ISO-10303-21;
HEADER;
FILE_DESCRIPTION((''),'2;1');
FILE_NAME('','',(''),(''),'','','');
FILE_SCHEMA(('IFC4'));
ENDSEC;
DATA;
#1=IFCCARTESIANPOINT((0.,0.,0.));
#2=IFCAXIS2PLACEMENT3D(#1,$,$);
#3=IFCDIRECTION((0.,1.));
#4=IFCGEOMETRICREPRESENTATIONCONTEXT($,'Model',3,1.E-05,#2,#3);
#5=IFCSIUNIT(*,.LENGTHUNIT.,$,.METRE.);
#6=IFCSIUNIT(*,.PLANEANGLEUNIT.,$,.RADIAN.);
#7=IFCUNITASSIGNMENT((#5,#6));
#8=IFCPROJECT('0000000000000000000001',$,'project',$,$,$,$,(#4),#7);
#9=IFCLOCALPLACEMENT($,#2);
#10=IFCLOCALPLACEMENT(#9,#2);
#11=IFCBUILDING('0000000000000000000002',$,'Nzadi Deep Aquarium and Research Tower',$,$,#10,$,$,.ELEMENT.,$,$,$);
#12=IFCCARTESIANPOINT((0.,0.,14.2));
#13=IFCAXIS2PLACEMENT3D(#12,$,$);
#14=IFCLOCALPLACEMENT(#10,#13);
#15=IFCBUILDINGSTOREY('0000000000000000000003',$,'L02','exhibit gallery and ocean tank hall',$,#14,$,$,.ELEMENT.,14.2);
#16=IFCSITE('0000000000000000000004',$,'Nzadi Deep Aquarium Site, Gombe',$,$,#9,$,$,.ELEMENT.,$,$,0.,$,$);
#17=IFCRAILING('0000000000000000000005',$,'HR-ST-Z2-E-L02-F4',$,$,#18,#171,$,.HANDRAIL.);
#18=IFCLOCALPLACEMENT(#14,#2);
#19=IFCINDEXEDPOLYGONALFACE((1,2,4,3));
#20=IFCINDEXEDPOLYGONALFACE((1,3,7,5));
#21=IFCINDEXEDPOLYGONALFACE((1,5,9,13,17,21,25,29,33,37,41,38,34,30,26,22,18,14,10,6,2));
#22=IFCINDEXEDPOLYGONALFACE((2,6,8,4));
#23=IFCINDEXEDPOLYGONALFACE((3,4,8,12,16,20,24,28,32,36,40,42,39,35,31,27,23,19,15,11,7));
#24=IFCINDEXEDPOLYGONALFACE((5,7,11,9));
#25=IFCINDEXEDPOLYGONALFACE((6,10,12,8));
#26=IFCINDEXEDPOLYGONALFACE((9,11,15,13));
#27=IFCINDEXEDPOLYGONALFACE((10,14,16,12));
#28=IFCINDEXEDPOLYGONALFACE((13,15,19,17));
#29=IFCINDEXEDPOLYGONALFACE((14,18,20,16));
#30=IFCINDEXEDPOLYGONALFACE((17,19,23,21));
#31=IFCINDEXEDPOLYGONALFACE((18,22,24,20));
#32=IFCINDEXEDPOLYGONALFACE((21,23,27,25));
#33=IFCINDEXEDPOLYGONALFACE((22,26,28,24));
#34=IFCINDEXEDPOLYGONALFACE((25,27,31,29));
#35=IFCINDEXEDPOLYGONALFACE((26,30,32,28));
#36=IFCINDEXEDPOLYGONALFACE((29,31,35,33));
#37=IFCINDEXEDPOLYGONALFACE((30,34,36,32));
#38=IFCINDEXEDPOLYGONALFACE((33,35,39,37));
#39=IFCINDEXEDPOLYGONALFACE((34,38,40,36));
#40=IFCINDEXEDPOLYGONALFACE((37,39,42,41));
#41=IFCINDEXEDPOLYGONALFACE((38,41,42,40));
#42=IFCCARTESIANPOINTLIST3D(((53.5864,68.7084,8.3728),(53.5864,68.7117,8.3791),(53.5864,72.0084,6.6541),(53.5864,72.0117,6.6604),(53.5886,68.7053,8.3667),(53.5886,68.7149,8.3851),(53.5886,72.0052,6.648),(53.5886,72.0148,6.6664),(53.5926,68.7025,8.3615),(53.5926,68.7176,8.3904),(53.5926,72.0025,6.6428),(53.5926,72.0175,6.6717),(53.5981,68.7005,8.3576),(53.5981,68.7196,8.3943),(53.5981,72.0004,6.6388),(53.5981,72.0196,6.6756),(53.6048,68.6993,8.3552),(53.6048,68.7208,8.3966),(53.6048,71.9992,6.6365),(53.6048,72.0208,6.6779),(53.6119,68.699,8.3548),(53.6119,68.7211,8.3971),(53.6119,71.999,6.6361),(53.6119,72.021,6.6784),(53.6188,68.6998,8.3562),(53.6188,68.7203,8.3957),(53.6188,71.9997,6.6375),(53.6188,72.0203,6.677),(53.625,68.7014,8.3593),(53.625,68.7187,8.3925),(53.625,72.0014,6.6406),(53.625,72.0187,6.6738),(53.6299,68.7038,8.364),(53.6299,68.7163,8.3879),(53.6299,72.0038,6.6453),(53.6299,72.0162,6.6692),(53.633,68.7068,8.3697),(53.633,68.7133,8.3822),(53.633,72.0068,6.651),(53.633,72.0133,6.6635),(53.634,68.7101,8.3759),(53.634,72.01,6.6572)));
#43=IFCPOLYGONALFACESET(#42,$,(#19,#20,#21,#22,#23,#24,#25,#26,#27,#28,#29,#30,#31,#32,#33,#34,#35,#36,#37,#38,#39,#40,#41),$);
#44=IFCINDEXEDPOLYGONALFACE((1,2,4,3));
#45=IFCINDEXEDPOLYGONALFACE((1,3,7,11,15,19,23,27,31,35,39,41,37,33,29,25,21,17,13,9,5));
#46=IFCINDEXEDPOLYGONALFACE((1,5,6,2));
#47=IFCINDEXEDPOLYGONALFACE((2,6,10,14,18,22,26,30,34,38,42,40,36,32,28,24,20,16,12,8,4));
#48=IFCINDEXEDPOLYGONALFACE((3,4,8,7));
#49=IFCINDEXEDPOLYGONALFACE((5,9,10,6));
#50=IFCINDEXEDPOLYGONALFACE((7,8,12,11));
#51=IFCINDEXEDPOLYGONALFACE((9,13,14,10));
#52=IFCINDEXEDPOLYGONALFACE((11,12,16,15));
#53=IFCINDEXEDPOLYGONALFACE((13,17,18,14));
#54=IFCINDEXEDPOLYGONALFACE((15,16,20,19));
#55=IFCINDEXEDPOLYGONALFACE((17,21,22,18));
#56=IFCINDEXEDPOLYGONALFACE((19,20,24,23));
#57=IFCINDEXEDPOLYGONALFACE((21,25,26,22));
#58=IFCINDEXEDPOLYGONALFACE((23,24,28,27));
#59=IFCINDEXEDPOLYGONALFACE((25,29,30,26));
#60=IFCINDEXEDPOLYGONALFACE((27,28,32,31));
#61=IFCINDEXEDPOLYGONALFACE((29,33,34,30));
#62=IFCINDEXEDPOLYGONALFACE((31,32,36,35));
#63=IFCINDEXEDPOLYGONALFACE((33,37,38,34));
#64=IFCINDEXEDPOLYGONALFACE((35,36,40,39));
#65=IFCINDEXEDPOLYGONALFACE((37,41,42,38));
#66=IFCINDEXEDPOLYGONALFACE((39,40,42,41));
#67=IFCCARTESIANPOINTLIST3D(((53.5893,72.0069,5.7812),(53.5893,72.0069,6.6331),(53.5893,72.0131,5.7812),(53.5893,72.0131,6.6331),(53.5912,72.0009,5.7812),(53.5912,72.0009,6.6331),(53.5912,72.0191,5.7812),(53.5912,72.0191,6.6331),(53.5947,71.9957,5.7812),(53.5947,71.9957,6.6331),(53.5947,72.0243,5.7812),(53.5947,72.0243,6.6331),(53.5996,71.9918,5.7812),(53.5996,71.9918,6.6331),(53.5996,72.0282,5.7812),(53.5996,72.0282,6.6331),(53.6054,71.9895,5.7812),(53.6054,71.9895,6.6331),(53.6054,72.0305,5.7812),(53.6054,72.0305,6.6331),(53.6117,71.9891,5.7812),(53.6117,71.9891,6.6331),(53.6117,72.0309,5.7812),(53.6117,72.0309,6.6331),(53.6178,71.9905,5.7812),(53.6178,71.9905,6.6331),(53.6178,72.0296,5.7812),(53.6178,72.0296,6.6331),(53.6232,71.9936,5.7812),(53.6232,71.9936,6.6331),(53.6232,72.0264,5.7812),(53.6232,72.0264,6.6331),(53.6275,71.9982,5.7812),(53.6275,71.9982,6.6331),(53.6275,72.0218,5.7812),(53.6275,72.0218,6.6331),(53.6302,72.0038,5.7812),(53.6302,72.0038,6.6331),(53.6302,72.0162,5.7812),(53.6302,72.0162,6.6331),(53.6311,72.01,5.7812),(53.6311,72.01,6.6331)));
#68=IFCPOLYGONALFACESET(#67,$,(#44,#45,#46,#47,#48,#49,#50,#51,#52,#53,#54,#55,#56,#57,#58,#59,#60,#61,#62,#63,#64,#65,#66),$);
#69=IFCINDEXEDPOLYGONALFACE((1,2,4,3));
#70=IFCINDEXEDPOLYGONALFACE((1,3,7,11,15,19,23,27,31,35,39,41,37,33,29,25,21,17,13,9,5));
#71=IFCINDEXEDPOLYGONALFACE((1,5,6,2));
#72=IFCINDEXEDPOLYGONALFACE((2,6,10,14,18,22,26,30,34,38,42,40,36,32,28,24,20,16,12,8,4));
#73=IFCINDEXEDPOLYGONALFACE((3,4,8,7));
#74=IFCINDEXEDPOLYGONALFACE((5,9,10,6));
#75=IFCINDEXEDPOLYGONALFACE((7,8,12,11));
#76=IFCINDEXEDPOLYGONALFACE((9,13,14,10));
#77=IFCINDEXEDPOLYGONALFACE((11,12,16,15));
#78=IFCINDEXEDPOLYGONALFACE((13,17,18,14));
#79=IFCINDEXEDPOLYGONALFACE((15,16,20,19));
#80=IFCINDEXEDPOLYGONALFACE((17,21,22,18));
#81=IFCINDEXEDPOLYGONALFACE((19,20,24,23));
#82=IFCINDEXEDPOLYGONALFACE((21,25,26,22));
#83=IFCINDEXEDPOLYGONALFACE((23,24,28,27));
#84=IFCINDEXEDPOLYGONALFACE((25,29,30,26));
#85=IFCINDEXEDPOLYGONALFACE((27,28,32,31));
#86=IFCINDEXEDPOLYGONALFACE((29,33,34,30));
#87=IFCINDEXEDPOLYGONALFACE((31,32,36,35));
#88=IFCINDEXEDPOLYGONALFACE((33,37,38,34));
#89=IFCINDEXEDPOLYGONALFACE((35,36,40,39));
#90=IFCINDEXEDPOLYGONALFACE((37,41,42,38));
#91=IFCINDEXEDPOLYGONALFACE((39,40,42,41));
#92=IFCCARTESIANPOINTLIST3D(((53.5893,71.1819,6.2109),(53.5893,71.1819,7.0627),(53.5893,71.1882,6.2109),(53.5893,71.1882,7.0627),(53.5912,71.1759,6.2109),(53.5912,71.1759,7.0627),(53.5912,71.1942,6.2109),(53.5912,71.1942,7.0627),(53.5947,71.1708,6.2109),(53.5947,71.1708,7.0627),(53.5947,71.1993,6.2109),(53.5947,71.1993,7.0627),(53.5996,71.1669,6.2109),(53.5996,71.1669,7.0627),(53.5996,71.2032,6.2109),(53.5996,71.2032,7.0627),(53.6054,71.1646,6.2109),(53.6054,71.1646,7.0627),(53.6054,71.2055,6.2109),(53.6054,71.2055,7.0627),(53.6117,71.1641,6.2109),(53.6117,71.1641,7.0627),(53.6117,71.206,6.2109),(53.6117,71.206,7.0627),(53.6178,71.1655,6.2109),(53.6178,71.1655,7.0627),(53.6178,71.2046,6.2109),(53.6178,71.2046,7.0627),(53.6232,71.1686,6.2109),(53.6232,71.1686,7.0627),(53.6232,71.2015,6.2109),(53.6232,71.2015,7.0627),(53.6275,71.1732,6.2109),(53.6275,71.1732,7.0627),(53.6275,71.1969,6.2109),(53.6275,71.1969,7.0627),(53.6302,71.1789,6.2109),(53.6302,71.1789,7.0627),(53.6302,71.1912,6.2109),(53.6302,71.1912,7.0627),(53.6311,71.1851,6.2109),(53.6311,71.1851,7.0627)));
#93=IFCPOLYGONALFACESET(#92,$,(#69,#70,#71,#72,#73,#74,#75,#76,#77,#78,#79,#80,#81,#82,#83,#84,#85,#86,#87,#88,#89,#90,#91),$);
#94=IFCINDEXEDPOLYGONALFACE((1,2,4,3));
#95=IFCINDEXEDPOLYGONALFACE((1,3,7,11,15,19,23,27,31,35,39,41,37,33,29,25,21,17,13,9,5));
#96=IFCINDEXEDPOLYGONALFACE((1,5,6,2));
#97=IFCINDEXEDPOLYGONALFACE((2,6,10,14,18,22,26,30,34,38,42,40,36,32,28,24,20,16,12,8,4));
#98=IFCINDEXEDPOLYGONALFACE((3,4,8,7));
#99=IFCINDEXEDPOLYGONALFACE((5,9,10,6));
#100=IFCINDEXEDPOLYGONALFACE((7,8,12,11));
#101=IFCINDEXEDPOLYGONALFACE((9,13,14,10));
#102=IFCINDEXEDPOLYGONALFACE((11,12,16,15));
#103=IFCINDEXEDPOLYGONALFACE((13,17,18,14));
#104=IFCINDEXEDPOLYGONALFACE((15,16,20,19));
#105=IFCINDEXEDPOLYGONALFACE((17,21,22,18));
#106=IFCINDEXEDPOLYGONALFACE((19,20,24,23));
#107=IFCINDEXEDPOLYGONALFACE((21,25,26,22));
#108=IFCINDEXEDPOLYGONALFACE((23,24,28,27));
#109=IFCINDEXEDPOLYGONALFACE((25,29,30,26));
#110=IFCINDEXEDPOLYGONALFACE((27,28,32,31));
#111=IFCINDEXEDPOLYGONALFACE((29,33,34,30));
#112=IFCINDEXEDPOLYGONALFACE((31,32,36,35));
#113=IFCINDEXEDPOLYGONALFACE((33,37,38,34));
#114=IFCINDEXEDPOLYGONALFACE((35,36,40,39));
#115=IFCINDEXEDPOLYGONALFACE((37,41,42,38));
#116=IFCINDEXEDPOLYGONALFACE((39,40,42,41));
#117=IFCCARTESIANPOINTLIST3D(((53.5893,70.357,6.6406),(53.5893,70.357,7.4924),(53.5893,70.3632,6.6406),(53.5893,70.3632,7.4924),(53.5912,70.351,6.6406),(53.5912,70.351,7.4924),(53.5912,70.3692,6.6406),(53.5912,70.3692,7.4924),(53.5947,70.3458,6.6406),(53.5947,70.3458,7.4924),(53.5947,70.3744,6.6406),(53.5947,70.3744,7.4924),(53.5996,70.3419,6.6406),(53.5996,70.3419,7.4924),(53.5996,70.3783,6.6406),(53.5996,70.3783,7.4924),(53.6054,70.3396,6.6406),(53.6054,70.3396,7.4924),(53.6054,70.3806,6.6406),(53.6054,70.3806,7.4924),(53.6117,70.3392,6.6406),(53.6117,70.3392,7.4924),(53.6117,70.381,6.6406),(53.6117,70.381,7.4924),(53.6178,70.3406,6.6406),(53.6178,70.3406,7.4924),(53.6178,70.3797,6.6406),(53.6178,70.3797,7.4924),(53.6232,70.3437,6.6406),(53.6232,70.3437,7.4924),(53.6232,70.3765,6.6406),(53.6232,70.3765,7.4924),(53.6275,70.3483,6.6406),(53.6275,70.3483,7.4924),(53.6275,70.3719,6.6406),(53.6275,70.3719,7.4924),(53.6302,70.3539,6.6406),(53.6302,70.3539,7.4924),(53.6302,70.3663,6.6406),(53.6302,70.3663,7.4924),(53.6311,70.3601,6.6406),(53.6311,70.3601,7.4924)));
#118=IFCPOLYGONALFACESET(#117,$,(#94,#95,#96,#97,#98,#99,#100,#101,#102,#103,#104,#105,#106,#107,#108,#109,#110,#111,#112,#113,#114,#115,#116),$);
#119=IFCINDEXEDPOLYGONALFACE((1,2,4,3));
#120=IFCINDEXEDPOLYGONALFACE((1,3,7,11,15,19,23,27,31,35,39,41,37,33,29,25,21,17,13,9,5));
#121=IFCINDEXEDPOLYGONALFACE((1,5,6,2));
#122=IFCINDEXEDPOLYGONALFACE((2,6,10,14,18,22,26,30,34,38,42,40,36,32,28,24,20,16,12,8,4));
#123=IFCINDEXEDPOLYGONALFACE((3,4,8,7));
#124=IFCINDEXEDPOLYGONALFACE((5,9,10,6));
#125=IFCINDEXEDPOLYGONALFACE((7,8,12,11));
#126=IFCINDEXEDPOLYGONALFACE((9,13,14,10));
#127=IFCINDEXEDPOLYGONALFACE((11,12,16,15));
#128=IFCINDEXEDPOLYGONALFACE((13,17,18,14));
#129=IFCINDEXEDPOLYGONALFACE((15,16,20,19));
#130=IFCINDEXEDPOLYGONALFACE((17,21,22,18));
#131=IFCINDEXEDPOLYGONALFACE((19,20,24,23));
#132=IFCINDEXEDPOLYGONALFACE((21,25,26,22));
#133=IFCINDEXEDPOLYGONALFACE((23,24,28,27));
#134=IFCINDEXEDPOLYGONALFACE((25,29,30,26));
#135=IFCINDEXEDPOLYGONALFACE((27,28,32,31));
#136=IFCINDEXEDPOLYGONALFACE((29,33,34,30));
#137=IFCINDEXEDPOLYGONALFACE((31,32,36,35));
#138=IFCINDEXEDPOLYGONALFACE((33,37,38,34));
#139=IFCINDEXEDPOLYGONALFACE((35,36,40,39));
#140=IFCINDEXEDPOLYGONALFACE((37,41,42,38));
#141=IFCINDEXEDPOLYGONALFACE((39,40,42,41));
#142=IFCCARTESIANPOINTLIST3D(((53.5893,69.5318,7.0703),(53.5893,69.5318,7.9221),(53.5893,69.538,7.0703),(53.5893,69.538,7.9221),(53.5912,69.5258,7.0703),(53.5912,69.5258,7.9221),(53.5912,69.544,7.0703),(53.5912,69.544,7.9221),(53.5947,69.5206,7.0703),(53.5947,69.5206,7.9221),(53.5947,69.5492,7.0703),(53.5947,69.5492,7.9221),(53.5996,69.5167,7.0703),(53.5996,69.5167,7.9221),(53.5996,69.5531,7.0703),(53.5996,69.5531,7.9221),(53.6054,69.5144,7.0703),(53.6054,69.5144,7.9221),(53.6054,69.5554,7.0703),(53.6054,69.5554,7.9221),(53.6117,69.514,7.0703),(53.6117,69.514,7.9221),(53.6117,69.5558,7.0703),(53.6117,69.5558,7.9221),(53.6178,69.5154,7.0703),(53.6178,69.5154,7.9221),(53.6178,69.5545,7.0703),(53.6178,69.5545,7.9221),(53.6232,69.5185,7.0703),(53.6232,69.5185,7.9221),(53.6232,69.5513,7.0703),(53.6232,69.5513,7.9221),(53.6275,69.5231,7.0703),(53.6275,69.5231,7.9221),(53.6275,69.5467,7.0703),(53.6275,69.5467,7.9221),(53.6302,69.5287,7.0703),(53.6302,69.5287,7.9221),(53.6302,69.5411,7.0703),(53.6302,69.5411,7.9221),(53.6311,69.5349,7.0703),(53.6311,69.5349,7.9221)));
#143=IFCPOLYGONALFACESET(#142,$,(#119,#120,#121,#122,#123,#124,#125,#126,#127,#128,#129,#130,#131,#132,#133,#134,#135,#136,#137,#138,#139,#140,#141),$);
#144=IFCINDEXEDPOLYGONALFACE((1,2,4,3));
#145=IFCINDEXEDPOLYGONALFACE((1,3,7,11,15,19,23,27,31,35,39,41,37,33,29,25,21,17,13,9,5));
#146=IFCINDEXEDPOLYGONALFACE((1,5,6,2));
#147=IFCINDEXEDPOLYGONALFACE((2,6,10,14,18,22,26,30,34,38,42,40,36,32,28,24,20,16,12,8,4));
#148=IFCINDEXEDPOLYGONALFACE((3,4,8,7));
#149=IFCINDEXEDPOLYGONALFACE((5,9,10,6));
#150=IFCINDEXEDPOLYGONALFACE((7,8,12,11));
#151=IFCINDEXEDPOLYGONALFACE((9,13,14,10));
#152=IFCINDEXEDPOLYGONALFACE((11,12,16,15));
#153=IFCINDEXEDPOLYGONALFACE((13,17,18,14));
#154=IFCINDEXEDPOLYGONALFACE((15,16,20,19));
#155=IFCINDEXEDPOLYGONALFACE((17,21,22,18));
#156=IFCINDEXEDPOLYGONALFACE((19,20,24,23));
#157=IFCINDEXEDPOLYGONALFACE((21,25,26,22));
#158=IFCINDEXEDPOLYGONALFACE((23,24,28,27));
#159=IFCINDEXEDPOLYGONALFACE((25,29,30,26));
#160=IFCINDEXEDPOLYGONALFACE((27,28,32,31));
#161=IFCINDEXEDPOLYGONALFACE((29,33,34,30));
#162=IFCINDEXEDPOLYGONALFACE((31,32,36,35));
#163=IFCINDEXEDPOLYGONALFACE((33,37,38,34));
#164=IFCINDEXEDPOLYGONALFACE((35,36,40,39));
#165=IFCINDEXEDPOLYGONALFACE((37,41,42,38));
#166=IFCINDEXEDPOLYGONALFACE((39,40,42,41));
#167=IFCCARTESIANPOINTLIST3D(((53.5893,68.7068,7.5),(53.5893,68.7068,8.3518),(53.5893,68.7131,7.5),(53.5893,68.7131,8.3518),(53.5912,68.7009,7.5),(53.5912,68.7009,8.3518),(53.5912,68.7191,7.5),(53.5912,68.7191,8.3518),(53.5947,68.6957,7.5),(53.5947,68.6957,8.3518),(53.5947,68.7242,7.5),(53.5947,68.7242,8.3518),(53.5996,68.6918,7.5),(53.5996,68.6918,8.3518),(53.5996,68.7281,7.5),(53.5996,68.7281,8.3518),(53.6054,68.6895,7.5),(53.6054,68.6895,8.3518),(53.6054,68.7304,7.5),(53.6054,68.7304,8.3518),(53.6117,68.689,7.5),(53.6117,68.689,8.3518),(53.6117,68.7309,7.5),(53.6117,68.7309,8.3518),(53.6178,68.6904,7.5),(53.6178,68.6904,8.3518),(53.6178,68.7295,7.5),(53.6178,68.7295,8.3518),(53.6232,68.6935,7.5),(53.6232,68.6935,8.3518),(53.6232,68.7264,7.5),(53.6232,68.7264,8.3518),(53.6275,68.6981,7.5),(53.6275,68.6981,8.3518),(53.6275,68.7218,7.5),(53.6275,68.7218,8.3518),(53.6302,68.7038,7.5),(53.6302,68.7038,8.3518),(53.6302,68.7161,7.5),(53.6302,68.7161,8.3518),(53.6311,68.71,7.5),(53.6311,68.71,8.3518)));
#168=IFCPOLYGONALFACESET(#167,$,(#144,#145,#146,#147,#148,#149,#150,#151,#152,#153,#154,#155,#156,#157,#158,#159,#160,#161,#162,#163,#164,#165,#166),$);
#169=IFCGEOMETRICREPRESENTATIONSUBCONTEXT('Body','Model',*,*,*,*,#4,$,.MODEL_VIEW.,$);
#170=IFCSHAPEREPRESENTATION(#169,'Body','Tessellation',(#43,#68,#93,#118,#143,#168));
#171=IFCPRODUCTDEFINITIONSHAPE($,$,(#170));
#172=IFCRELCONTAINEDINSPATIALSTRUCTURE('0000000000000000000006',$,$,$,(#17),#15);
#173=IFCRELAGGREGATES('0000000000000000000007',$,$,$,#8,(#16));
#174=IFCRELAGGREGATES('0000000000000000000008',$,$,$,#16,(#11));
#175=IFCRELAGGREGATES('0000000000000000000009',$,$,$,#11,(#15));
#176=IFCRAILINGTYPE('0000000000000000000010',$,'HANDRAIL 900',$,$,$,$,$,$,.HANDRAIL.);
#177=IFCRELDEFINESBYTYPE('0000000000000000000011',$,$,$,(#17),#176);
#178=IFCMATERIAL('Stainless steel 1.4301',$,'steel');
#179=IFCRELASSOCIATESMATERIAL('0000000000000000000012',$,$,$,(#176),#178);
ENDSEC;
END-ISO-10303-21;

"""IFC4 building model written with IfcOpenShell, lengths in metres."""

from ifc_helpers import new_model, si_unit, direction, frame, origin, origin_2d, place, context, subcontext, project, spatial, circle, extrude, material, type_object, element, save


model = new_model("IFC4")

# Units and contexts
model_context = context("Model", 3, precision=1e-05, world=origin(), true_north=direction((0.0, 1.0)))
body_context = subcontext(model_context, "Body", "Model", "MODEL_VIEW")
ifc_project = project(units=[si_unit("LENGTHUNIT", "METRE"), si_unit("PLANEANGLEUNIT", "RADIAN")], contexts=[model_context])

# Site, building, storey
site_placement = place(None, origin())
site = spatial("IfcSite", under=ifc_project, at=site_placement, Name="Nzadi Deep Aquarium Site, Gombe", CompositionType="ELEMENT", RefElevation=0.0)
building_placement = place(site_placement, origin())
building = spatial("IfcBuilding", under=site, at=building_placement, Name="Nzadi Deep Aquarium and Research Tower", CompositionType="ELEMENT")
storey_placement = place(building_placement, frame((0.0, 0.0, 14.2)))
storey = spatial("IfcBuildingStorey", under=building, at=storey_placement, Name="L02", Description="exhibit gallery and ocean tank hall", CompositionType="ELEMENT", Elevation=14.2)

# Railing
ifc_material_1 = material(Name="Stainless steel 1.4301", Category="steel")
railing_type = type_object("IfcRailingType", Name="HANDRAIL 900", PredefinedType="HANDRAIL", material=ifc_material_1)
for number, where, name in (
    (1, (53.6101, 72.01, 5.7812), "HR-ST-Z2-E-L02-F4"),
):
    element("IfcRailing", number, at=place(storey_placement, frame(where)), inside=storey, type_object=railing_type, Name=name, PredefinedType="HANDRAIL", context=body_context, shape_type="SweptSolid", body=[
        extrude(circle(Radius=0.0239, at=origin_2d()), frame((0.0, 0.0, 0.876), z_axis=(0.0, -0.886917, 0.461929), x_axis=(1.0, 0.0, 0.0)), (0.0, 0.0, 1.0), 3.7207),
        extrude(circle(Radius=0.021, at=origin_2d()), origin(), (0.0, 0.0, 1.0), 0.8518),
        extrude(circle(Radius=0.021, at=origin_2d()), frame((0.0, -0.825, 0.4297)), (0.0, 0.0, 1.0), 0.8518),
        extrude(circle(Radius=0.021, at=origin_2d()), frame((0.0, -1.6499, 0.8594)), (0.0, 0.0, 1.0), 0.8518),
        extrude(circle(Radius=0.021, at=origin_2d()), frame((0.0, -2.4751, 1.2891)), (0.0, 0.0, 1.0), 0.8518),
        extrude(circle(Radius=0.021, at=origin_2d()), frame((0.0, -3.3, 1.7188)), (0.0, 0.0, 1.0), 0.8518),
    ])

save(model, "model.ifc")
